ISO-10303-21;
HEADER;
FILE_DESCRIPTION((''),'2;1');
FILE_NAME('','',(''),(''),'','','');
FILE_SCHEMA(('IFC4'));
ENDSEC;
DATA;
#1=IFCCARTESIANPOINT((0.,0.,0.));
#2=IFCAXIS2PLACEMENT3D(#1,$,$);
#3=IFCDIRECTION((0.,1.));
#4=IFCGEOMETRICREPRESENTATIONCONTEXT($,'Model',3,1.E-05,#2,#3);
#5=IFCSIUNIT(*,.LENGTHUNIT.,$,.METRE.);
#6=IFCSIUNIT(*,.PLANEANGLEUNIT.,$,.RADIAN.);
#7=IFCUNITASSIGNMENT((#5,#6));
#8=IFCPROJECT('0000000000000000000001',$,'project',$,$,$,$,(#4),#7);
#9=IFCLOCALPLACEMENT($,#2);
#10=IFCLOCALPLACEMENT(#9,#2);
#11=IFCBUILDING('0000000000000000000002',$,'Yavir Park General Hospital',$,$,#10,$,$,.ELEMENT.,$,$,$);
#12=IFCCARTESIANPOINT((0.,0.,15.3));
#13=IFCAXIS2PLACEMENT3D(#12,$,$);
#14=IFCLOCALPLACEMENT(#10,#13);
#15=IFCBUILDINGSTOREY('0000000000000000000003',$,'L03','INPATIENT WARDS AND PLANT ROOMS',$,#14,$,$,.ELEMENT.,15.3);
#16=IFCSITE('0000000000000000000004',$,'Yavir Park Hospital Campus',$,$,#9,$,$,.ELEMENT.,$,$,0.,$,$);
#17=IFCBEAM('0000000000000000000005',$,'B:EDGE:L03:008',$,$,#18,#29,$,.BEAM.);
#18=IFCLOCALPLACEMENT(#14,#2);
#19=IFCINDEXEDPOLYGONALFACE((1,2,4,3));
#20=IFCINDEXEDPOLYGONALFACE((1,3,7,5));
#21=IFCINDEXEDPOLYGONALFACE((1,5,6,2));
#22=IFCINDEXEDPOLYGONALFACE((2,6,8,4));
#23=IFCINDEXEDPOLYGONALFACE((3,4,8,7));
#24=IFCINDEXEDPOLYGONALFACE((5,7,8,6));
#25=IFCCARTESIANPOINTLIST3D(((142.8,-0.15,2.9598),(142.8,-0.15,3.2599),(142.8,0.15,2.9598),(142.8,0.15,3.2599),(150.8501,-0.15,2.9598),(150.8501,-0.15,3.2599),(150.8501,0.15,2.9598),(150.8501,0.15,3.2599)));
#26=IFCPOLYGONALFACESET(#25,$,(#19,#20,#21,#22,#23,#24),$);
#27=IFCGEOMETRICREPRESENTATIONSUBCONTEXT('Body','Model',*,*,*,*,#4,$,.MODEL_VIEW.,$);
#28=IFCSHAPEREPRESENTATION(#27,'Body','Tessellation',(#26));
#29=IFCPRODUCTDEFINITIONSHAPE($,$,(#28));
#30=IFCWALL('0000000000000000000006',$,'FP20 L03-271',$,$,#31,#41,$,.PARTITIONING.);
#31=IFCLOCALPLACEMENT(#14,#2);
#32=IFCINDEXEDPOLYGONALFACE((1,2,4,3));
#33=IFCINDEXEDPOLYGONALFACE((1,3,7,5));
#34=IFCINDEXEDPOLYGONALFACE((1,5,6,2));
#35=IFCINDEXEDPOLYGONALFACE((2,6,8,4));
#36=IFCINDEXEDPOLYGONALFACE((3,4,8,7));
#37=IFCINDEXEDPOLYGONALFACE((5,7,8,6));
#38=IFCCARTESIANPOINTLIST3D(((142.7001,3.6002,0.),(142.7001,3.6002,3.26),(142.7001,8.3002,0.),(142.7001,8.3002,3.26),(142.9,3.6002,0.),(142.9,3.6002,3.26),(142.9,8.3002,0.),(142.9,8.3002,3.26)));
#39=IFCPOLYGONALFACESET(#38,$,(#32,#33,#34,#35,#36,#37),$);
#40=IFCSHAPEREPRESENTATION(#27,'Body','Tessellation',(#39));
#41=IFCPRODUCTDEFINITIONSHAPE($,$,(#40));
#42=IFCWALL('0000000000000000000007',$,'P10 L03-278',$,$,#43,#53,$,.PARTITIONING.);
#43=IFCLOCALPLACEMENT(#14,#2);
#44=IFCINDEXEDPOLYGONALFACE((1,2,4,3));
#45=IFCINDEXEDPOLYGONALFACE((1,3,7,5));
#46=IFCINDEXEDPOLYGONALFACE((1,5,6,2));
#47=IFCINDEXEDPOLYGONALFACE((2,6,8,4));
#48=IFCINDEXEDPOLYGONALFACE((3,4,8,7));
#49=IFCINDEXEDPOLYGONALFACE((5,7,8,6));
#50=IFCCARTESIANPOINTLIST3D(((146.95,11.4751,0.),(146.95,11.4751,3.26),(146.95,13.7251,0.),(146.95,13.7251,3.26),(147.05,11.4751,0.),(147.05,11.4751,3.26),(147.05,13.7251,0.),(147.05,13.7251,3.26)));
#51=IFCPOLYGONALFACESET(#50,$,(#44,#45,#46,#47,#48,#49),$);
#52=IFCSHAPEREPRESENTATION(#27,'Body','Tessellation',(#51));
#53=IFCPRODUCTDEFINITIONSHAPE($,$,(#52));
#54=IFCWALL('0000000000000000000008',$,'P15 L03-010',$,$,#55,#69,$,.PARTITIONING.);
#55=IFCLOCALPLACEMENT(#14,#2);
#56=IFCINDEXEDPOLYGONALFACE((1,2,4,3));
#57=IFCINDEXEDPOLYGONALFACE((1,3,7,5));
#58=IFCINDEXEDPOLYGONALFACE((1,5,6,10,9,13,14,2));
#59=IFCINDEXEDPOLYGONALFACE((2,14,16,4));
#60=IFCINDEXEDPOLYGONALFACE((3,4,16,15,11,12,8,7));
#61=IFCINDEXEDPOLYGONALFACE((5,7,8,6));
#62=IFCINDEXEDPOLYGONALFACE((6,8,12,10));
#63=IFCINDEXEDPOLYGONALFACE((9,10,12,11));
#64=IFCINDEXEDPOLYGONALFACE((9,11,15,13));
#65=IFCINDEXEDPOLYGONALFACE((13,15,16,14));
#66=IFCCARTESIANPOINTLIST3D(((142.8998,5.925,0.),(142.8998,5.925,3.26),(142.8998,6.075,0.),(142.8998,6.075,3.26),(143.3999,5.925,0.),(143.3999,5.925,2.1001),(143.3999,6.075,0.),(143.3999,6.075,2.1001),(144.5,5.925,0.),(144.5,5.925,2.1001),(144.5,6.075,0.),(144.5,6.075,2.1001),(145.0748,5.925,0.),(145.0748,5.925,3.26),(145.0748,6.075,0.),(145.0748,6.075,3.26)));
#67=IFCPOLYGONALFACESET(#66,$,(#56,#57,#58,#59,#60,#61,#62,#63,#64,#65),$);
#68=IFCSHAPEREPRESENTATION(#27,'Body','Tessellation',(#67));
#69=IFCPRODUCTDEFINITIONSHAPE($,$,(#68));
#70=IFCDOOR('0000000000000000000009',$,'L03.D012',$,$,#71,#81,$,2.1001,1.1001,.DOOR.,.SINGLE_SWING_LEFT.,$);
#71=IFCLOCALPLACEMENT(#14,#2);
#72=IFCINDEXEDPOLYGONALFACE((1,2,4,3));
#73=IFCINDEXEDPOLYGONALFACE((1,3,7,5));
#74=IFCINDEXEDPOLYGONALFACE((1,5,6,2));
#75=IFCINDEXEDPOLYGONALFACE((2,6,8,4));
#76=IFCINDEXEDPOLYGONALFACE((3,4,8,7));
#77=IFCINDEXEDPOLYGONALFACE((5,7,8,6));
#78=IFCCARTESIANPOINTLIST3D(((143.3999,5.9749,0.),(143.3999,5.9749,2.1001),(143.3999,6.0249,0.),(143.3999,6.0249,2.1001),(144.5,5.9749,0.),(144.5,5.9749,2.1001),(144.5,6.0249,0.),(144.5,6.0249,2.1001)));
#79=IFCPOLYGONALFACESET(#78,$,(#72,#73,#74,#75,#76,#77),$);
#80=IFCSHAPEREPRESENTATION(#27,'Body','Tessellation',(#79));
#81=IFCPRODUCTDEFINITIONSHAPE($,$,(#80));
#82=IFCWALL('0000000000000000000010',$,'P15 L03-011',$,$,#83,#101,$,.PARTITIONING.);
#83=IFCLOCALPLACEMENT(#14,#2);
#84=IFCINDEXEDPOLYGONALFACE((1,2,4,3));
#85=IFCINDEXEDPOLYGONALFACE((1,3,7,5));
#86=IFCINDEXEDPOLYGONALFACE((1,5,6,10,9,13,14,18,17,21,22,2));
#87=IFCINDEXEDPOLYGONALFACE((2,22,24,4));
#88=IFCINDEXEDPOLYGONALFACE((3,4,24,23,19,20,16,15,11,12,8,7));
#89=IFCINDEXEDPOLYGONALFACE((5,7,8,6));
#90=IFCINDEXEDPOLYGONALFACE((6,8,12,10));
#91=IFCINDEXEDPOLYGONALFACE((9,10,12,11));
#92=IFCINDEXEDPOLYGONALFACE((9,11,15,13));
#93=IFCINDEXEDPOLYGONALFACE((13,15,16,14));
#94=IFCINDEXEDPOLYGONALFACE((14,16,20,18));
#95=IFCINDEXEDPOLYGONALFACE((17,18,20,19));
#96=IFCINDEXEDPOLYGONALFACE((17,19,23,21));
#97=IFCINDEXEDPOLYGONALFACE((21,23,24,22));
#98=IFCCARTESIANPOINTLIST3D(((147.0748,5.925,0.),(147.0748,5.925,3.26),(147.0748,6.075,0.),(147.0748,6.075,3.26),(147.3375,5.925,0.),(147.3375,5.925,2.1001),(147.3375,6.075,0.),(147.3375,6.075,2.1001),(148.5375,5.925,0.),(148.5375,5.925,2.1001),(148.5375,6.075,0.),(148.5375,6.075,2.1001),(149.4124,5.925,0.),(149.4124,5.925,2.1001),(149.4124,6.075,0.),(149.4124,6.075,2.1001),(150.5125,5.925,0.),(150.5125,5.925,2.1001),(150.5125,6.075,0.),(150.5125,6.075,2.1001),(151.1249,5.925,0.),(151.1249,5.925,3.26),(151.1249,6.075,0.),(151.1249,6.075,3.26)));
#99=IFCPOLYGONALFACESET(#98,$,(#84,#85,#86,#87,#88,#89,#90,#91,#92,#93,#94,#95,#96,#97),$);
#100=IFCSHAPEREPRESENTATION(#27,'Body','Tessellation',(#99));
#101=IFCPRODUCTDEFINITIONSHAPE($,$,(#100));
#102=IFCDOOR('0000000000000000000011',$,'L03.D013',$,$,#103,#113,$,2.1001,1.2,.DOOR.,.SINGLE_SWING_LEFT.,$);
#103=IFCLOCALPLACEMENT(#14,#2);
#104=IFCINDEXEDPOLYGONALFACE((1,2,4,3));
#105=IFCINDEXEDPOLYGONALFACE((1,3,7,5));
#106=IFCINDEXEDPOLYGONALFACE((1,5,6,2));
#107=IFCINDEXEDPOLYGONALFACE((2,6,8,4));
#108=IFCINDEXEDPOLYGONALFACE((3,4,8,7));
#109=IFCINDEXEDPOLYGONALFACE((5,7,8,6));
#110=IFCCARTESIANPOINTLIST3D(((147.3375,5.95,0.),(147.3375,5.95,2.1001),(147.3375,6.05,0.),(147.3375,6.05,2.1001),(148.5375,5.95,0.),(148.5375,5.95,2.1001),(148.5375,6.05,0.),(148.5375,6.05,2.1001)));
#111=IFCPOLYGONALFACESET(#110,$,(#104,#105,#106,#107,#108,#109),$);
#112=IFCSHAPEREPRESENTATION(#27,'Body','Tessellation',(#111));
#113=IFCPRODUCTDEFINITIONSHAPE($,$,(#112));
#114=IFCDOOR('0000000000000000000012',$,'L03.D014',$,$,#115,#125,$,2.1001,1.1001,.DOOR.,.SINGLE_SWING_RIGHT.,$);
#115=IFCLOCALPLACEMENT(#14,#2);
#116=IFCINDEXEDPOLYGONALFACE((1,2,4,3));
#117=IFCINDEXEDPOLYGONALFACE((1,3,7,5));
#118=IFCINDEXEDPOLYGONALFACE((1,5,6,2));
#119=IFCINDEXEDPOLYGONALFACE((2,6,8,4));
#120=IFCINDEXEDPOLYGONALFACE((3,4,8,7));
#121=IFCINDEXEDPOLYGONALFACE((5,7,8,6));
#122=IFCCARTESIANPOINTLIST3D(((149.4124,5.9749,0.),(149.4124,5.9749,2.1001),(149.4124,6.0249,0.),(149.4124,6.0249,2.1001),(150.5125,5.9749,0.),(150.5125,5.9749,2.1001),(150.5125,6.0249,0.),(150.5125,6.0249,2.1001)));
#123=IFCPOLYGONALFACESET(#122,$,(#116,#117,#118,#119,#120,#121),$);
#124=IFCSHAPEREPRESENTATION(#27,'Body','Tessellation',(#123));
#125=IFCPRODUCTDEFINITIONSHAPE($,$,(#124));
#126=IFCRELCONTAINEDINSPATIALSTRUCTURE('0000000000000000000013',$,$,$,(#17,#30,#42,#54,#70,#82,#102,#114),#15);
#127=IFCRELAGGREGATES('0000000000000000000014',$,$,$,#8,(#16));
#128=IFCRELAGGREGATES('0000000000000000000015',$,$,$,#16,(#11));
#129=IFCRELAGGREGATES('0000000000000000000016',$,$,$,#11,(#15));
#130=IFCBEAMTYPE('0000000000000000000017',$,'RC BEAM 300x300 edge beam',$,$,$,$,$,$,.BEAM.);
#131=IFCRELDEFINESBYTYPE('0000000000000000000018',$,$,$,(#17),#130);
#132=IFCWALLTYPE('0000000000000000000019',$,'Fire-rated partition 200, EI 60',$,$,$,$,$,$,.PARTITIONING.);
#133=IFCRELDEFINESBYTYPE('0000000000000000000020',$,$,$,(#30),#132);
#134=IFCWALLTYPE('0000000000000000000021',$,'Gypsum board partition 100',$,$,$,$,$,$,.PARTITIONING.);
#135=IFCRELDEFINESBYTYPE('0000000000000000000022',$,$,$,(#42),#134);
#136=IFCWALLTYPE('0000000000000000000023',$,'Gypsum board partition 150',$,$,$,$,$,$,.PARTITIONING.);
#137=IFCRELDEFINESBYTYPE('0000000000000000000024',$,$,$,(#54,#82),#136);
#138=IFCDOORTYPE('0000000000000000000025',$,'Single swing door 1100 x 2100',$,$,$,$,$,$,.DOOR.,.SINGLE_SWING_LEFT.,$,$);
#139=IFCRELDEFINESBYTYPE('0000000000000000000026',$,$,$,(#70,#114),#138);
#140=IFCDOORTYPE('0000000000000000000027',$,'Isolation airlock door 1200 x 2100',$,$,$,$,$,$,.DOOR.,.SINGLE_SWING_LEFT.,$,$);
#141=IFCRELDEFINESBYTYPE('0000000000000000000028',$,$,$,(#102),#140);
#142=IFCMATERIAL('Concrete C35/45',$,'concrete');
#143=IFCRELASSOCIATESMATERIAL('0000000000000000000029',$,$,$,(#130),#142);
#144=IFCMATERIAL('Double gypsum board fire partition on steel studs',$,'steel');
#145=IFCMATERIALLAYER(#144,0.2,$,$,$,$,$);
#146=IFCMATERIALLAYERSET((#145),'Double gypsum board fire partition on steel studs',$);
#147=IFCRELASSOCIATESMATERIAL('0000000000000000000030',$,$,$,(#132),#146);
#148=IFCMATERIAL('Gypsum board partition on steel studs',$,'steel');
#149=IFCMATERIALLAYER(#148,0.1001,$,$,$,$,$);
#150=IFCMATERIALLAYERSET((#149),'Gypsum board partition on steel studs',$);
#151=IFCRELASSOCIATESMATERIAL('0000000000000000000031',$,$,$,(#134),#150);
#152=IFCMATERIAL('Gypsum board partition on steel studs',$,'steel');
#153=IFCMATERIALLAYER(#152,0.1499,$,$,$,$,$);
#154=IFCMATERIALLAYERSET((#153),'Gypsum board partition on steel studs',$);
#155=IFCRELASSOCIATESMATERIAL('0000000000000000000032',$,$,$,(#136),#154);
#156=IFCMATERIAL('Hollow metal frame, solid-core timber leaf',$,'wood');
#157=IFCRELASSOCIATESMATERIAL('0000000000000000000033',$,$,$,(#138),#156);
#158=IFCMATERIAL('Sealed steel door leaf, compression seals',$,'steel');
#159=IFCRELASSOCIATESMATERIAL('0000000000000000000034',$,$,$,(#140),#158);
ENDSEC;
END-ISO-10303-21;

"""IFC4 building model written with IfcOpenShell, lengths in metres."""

from ifc_helpers import new_model, si_unit, direction, frame, frame_2d, origin, origin_2d, place, context, subcontext, project, spatial, rectangle, extrude, material, layer, layer_set, material_profile, profile_set, type_object, element, fill, save


model = new_model("IFC4")

# Units and contexts
model_context = context("Model", 3, precision=1e-05, world=origin(), true_north=direction((0.0, 1.0)))
body_context = subcontext(model_context, "Body", "Model", "MODEL_VIEW")
ifc_project = project(units=[si_unit("LENGTHUNIT", "METRE"), si_unit("PLANEANGLEUNIT", "RADIAN")], contexts=[model_context])

# Site, building, storey
site_placement = place(None, origin())
site = spatial("IfcSite", under=ifc_project, at=site_placement, Name="Yavir Park Hospital Campus", CompositionType="ELEMENT", RefElevation=0.0)
building_placement = place(site_placement, origin())
building = spatial("IfcBuilding", under=site, at=building_placement, Name="Yavir Park General Hospital", CompositionType="ELEMENT")
storey_placement = place(building_placement, frame((0.0, 0.0, 15.3)))
storey = spatial("IfcBuildingStorey", under=building, at=storey_placement, Name="L03", Description="INPATIENT WARDS AND PLANT ROOMS", CompositionType="ELEMENT", Elevation=15.3)

# Beam
ifc_material_1 = material(Name="Concrete C35/45", Category="concrete")
ifc_material_profile_1 = material_profile(ifc_material_1, rectangle(XDim=0.3, YDim=0.3, at=origin_2d()), Name="RC300x300")
ifc_profile_set_1 = profile_set([ifc_material_profile_1], Name="Concrete C35/45")
beam_type = type_object("IfcBeamType", Name="RC BEAM 300x300 edge beam", PredefinedType="BEAM", material=ifc_profile_set_1)
beam_placement = place(storey_placement, frame((142.8, 0.0, 3.1099), z_axis=(1.0, 0.0, 0.0), x_axis=(0.0, 1.0, 0.0)))
element("IfcBeam", 1, at=beam_placement, inside=storey, type_object=beam_type, Name="B:EDGE:L03:008", PredefinedType="BEAM", context=body_context, shape_type="SweptSolid", body=[
    extrude(rectangle(XDim=0.3, YDim=0.3, at=origin_2d()), origin(), (0.0, 0.0, 1.0), 8.05),
])

# Walls
ifc_material_2 = material(Name="Double gypsum board fire partition on steel studs", Category="steel")
ifc_layer_1 = layer(ifc_material_2, 0.2)
ifc_layer_set_1 = layer_set([ifc_layer_1], Name="Double gypsum board fire partition on steel studs")
wall_type_1 = type_object("IfcWallType", Name="Fire-rated partition 200, EI 60", PredefinedType="PARTITIONING", material=ifc_layer_set_1)
wall_1_placement = place(storey_placement, frame((142.8, 3.6001, 0.0), z_axis=(0.0, 0.0, 1.0), x_axis=(0.0, 1.0, 0.0)))
element("IfcWall", 2, at=wall_1_placement, inside=storey, type_object=wall_type_1, Name="FP20 L03-271", PredefinedType="PARTITIONING", context=body_context, shape_type="SweptSolid", body=[
    extrude(rectangle(XDim=4.7, YDim=0.2, at=frame_2d((2.3501, 0.0))), origin(), (0.0, 0.0, 1.0), 3.26),
])
ifc_material_3 = material(Name="Gypsum board partition on steel studs", Category="steel")
ifc_layer_2 = layer(ifc_material_3, 0.1001)
ifc_layer_set_2 = layer_set([ifc_layer_2], Name="Gypsum board partition on steel studs")
wall_type_2 = type_object("IfcWallType", Name="Gypsum board partition 100", PredefinedType="PARTITIONING", material=ifc_layer_set_2)
wall_2_placement = place(storey_placement, frame((147.0, 11.4751, 0.0), z_axis=(0.0, 0.0, 1.0), x_axis=(0.0, 1.0, 0.0)))
element("IfcWall", 3, at=wall_2_placement, inside=storey, type_object=wall_type_2, Name="P10 L03-278", PredefinedType="PARTITIONING", context=body_context, shape_type="SweptSolid", body=[
    extrude(rectangle(XDim=2.25, YDim=0.1001, at=frame_2d((1.125, 0.0))), origin(), (0.0, 0.0, 1.0), 3.26),
])

# Wall, opening, door
ifc_material_4 = material(Name="Gypsum board partition on steel studs", Category="steel")
ifc_layer_3 = layer(ifc_material_4, 0.1499)
ifc_layer_set_3 = layer_set([ifc_layer_3], Name="Gypsum board partition on steel studs")
wall_type_3 = type_object("IfcWallType", Name="Gypsum board partition 150", PredefinedType="PARTITIONING", material=ifc_layer_set_3)
wall_3_placement = place(storey_placement, frame((142.8999, 6.0, 0.0), z_axis=(0.0, 0.0, 1.0), x_axis=(1.0, 0.0, 0.0)))
wall_3 = element("IfcWall", 4, at=wall_3_placement, inside=storey, type_object=wall_type_3, Name="P15 L03-010", PredefinedType="PARTITIONING", context=body_context, shape_type="SweptSolid", body=[
    extrude(rectangle(XDim=2.175, YDim=0.1499, at=frame_2d((1.0874, 0.0))), origin(), (0.0, 0.0, 1.0), 3.26),
])
opening_1_placement = place(wall_3_placement, frame((0.5, 0.0, 0.0)))
opening_1 = element("IfcOpeningElement", 5, at=opening_1_placement, cuts=wall_3, PredefinedType="OPENING", context=body_context, shape_type="SweptSolid", body=[
    extrude(rectangle(XDim=1.1001, YDim=2.1001, at=frame_2d((0.55, 1.05))), frame((0.0, 0.085, 0.0), z_axis=(0.0, -1.0, 0.0), x_axis=(1.0, 0.0, 0.0)), (0.0, 0.0, 1.0), 0.1699),
])
ifc_material_5 = material(Name="Hollow metal frame, solid-core timber leaf", Category="wood")
door_type_1 = type_object("IfcDoorType", Name="Single swing door 1100 x 2100", OperationType="SINGLE_SWING_LEFT", PredefinedType="DOOR", material=ifc_material_5)
door_1_placement = place(opening_1_placement, origin())
door_1 = element("IfcDoor", 6, at=door_1_placement, inside=storey, type_object=door_type_1, Name="L03.D012", OperationType="SINGLE_SWING_LEFT", OverallHeight=2.1001, OverallWidth=1.1001, PredefinedType="DOOR", context=body_context, shape_type="SweptSolid", body=[
    extrude(rectangle(XDim=1.1001, YDim=2.1001, at=frame_2d((0.55, 1.05))), frame((0.0, 0.0249, 0.0), z_axis=(0.0, -1.0, 0.0), x_axis=(1.0, 0.0, 0.0)), (0.0, 0.0, 1.0), 0.05),
])
fill(opening_1, door_1)

# Wall, openings, doors
wall_4_placement = place(storey_placement, frame((147.075, 6.0, 0.0), z_axis=(0.0, 0.0, 1.0), x_axis=(1.0, 0.0, 0.0)))
wall_4 = element("IfcWall", 7, at=wall_4_placement, inside=storey, type_object=wall_type_3, Name="P15 L03-011", PredefinedType="PARTITIONING", context=body_context, shape_type="SweptSolid", body=[
    extrude(rectangle(XDim=4.05, YDim=0.1499, at=frame_2d((2.0249, 0.0))), origin(), (0.0, 0.0, 1.0), 3.26),
])
opening_2_placement = place(wall_4_placement, frame((0.2625, 0.0, 0.0)))
opening_2 = element("IfcOpeningElement", 8, at=opening_2_placement, cuts=wall_4, PredefinedType="OPENING", context=body_context, shape_type="SweptSolid", body=[
    extrude(rectangle(XDim=1.2, YDim=2.1001, at=frame_2d((0.6001, 1.05))), frame((0.0, 0.085, 0.0), z_axis=(0.0, -1.0, 0.0), x_axis=(1.0, 0.0, 0.0)), (0.0, 0.0, 1.0), 0.1699),
])
opening_3_placement = place(wall_4_placement, frame((2.3374, 0.0, 0.0)))
opening_3 = element("IfcOpeningElement", 9, at=opening_3_placement, cuts=wall_4, PredefinedType="OPENING", context=body_context, shape_type="SweptSolid", body=[
    extrude(rectangle(XDim=1.1001, YDim=2.1001, at=frame_2d((0.55, 1.05))), frame((0.0, 0.085, 0.0), z_axis=(0.0, -1.0, 0.0), x_axis=(1.0, 0.0, 0.0)), (0.0, 0.0, 1.0), 0.1699),
])
ifc_material_6 = material(Name="Sealed steel door leaf, compression seals", Category="steel")
door_type_2 = type_object("IfcDoorType", Name="Isolation airlock door 1200 x 2100", OperationType="SINGLE_SWING_LEFT", PredefinedType="DOOR", material=ifc_material_6)
door_2_placement = place(opening_2_placement, origin())
door_2 = element("IfcDoor", 10, at=door_2_placement, inside=storey, type_object=door_type_2, Name="L03.D013", OperationType="SINGLE_SWING_LEFT", OverallHeight=2.1001, OverallWidth=1.2, PredefinedType="DOOR", context=body_context, shape_type="SweptSolid", body=[
    extrude(rectangle(XDim=1.2, YDim=2.1001, at=frame_2d((0.6001, 1.05))), frame((0.0, 0.05, 0.0), z_axis=(0.0, -1.0, 0.0), x_axis=(1.0, 0.0, 0.0)), (0.0, 0.0, 1.0), 0.1001),
])
fill(opening_2, door_2)
door_3_placement = place(opening_3_placement, origin())
door_3 = element("IfcDoor", 11, at=door_3_placement, inside=storey, type_object=door_type_1, Name="L03.D014", OperationType="SINGLE_SWING_RIGHT", OverallHeight=2.1001, OverallWidth=1.1001, PredefinedType="DOOR", context=body_context, shape_type="SweptSolid", body=[
    extrude(rectangle(XDim=1.1001, YDim=2.1001, at=frame_2d((0.55, 1.05))), frame((0.0, 0.0249, 0.0), z_axis=(0.0, -1.0, 0.0), x_axis=(1.0, 0.0, 0.0)), (0.0, 0.0, 1.0), 0.05),
])
fill(opening_3, door_3)

save(model, "model.ifc")
